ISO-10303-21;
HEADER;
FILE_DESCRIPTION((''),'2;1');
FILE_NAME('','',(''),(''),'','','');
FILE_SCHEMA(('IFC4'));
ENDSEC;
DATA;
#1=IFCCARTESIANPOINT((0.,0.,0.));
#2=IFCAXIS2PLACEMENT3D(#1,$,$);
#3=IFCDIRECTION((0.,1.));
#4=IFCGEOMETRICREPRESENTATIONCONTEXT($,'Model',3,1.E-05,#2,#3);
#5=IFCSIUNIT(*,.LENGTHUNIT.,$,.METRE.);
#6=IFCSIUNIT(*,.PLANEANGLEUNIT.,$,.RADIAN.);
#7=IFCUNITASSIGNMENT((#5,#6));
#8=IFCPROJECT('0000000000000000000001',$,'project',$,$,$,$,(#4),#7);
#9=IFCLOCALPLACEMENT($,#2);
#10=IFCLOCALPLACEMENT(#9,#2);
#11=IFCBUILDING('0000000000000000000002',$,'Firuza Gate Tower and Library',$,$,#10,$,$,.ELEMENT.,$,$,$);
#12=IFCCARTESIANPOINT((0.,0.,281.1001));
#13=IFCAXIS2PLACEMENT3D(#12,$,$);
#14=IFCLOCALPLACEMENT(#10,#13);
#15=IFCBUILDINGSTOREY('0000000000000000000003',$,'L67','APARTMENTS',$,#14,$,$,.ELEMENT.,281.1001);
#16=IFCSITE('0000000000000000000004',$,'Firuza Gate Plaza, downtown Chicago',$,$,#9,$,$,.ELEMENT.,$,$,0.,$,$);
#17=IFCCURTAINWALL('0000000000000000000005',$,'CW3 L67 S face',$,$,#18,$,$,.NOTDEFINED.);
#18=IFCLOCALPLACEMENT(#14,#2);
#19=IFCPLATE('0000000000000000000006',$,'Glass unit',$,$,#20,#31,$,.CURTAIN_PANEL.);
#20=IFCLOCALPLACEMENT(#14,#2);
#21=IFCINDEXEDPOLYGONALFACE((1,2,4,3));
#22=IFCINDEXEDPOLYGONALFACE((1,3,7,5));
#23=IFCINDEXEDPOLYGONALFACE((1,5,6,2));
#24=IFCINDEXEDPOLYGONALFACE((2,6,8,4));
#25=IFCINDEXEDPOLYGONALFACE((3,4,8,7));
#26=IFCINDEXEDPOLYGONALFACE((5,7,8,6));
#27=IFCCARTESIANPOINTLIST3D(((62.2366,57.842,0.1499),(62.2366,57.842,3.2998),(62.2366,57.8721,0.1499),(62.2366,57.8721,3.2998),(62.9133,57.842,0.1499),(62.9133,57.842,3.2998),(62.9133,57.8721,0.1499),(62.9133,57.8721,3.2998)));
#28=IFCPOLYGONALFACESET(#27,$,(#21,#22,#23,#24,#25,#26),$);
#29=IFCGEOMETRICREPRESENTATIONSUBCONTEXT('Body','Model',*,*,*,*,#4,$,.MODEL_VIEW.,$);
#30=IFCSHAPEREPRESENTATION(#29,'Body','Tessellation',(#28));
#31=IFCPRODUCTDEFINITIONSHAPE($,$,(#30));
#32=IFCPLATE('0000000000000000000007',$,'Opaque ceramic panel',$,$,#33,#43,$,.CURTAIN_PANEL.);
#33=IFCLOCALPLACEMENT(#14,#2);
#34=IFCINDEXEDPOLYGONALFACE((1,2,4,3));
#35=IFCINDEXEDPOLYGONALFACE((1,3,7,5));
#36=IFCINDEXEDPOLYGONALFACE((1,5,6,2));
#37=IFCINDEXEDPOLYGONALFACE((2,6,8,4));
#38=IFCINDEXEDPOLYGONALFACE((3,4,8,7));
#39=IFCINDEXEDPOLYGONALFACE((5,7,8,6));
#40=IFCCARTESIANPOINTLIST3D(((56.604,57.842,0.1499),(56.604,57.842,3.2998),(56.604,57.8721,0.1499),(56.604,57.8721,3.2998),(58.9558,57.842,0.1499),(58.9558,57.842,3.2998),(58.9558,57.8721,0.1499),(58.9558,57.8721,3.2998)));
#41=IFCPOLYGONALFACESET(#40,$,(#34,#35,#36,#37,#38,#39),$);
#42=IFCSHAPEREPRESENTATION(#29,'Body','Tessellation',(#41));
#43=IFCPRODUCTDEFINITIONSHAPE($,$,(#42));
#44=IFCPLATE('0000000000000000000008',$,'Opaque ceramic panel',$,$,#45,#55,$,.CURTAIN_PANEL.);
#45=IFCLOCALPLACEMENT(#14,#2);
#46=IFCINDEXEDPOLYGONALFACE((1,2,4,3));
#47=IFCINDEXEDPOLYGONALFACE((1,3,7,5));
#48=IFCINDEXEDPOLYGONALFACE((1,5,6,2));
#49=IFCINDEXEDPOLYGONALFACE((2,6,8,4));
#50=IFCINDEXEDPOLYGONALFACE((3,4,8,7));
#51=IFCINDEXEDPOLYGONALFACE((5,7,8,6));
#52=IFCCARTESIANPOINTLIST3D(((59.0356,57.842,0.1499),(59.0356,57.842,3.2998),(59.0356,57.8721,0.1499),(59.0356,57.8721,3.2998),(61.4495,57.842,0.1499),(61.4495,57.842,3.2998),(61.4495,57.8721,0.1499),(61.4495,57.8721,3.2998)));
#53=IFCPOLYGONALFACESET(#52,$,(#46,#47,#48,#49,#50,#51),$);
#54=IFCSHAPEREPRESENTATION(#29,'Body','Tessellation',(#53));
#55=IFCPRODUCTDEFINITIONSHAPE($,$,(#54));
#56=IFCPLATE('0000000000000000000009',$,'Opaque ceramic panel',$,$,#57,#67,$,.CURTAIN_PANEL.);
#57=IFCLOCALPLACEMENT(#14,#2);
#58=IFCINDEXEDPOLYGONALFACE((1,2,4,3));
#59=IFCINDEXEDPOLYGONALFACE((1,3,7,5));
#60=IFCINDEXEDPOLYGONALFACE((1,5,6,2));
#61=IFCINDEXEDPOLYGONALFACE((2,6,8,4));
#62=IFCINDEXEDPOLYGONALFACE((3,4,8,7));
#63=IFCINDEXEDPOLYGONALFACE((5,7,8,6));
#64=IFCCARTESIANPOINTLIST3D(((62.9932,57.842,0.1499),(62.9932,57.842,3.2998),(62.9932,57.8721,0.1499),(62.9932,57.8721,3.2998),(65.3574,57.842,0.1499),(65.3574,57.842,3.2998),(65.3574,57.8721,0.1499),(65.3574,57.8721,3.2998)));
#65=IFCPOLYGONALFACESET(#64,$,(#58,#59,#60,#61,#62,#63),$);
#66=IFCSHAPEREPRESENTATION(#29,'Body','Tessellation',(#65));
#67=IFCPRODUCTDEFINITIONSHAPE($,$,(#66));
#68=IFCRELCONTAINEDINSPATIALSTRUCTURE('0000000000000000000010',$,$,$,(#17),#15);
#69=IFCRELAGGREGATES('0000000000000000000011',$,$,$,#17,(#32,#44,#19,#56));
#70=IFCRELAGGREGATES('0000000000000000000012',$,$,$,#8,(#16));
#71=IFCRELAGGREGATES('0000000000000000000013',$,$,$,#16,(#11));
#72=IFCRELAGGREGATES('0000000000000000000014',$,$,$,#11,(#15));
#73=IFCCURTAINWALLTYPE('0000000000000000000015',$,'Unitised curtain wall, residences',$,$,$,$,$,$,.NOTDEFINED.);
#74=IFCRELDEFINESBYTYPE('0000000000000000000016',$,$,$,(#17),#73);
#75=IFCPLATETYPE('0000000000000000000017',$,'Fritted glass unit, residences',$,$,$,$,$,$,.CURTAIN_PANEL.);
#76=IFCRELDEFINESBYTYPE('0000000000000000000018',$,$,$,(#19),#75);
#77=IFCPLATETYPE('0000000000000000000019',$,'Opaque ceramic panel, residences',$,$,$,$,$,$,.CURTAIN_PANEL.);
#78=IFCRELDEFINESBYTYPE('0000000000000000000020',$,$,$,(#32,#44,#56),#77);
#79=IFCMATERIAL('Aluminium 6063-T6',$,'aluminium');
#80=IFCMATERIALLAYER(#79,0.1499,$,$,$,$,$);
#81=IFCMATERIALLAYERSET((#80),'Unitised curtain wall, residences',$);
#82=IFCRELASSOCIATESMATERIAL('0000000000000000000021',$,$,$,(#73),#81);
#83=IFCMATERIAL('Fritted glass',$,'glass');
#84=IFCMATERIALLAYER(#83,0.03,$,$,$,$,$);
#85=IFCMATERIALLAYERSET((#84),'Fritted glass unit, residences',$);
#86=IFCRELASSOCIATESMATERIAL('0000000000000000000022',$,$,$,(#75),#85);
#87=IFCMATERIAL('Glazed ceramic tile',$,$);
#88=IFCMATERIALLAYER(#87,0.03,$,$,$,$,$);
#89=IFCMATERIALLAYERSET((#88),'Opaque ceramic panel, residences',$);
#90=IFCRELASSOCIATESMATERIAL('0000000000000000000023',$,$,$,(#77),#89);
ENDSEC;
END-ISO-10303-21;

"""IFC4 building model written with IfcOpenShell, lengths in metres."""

from ifc_helpers import new_model, si_unit, direction, frame, origin, place, context, subcontext, project, spatial, polyline, outline, extrude, material, layer, layer_set, type_object, element, aggregate, save


model = new_model("IFC4")

# Units and contexts
model_context = context("Model", 3, precision=1e-05, world=origin(), true_north=direction((0.0, 1.0)))
body_context = subcontext(model_context, "Body", "Model", "MODEL_VIEW")
ifc_project = project(units=[si_unit("LENGTHUNIT", "METRE"), si_unit("PLANEANGLEUNIT", "RADIAN")], contexts=[model_context])

# Site, building, storey
site_placement = place(None, origin())
site = spatial("IfcSite", under=ifc_project, at=site_placement, Name="Firuza Gate Plaza, downtown Chicago", CompositionType="ELEMENT", RefElevation=0.0)
building_placement = place(site_placement, origin())
building = spatial("IfcBuilding", under=site, at=building_placement, Name="Firuza Gate Tower and Library", CompositionType="ELEMENT")
storey_placement = place(building_placement, frame((0.0, 0.0, 281.1001)))
storey = spatial("IfcBuildingStorey", under=building, at=storey_placement, Name="L67", Description="APARTMENTS", CompositionType="ELEMENT", Elevation=281.1001)

# Curtain wall, plates
ifc_material_1 = material(Name="Aluminium 6063-T6", Category="aluminium")
ifc_layer_1 = layer(ifc_material_1, 0.1499)
ifc_layer_set_1 = layer_set([ifc_layer_1], Name="Unitised curtain wall, residences")
curtain_wall_type = type_object("IfcCurtainWallType", Name="Unitised curtain wall, residences", PredefinedType="NOTDEFINED", material=ifc_layer_set_1)
curtain_wall_placement = place(storey_placement, origin())
curtain_wall = element("IfcCurtainWall", 1, at=curtain_wall_placement, inside=storey, type_object=curtain_wall_type, Name="CW3 L67 S face", PredefinedType="NOTDEFINED")
ifc_material_2 = material(Name="Fritted glass", Category="glass")
ifc_layer_2 = layer(ifc_material_2, 0.03)
ifc_layer_set_2 = layer_set([ifc_layer_2], Name="Fritted glass unit, residences")
plate_type_1 = type_object("IfcPlateType", Name="Fritted glass unit, residences", PredefinedType="CURTAIN_PANEL", material=ifc_layer_set_2)
plate_1_placement = place(storey_placement, frame((62.2366, 57.842, 0.1499), z_axis=(0.0, -1.0, 0.0), x_axis=(1.0, 0.0, 0.0)))
plate_1 = element("IfcPlate", 2, at=plate_1_placement, type_object=plate_type_1, Name="Glass unit", PredefinedType="CURTAIN_PANEL", context=body_context, shape_type="SweptSolid", body=[
    extrude(outline(polyline([(0.0, 0.0), (0.6768, 0.0), (0.6768, 3.1499), (0.0, 3.1499), (0.0, 0.0)])), origin(), (0.0, 0.0, -1.0), 0.03),
])
ifc_material_3 = material(Name="Glazed ceramic tile")
ifc_layer_3 = layer(ifc_material_3, 0.03)
ifc_layer_set_3 = layer_set([ifc_layer_3], Name="Opaque ceramic panel, residences")
plate_type_2 = type_object("IfcPlateType", Name="Opaque ceramic panel, residences", PredefinedType="CURTAIN_PANEL", material=ifc_layer_set_3)
plate_2_placement = place(storey_placement, frame((56.604, 57.842, 0.1499), z_axis=(0.0, -1.0, 0.0), x_axis=(1.0, 0.0, 0.0)))
plate_2 = element("IfcPlate", 3, at=plate_2_placement, type_object=plate_type_2, Name="Opaque ceramic panel", PredefinedType="CURTAIN_PANEL", context=body_context, shape_type="SweptSolid", body=[
    extrude(outline(polyline([(0.0, 0.0), (2.3518, 0.0), (2.3518, 3.1499), (0.0, 3.1499), (0.0, 0.0)])), origin(), (0.0, 0.0, -1.0), 0.03),
])
plate_3_placement = place(storey_placement, frame((59.0356, 57.842, 0.1499), z_axis=(0.0, -1.0, 0.0), x_axis=(1.0, 0.0, 0.0)))
plate_3 = element("IfcPlate", 4, at=plate_3_placement, type_object=plate_type_2, Name="Opaque ceramic panel", PredefinedType="CURTAIN_PANEL", context=body_context, shape_type="SweptSolid", body=[
    extrude(outline(polyline([(0.0, 0.0), (2.4138, 0.0), (2.4138, 3.1499), (0.0, 3.1499), (0.0, 0.0)])), origin(), (0.0, 0.0, -1.0), 0.03),
])
plate_4_placement = place(storey_placement, frame((62.9932, 57.842, 0.1499), z_axis=(0.0, -1.0, 0.0), x_axis=(1.0, 0.0, 0.0)))
plate_4 = element("IfcPlate", 5, at=plate_4_placement, type_object=plate_type_2, Name="Opaque ceramic panel", PredefinedType="CURTAIN_PANEL", context=body_context, shape_type="SweptSolid", body=[
    extrude(outline(polyline([(0.0, 0.0), (2.3643, 0.0), (2.3643, 3.1499), (0.0, 3.1499), (0.0, 0.0)])), origin(), (0.0, 0.0, -1.0), 0.03),
])
aggregate(curtain_wall, [plate_2, plate_3, plate_1, plate_4])

save(model, "model.ifc")
